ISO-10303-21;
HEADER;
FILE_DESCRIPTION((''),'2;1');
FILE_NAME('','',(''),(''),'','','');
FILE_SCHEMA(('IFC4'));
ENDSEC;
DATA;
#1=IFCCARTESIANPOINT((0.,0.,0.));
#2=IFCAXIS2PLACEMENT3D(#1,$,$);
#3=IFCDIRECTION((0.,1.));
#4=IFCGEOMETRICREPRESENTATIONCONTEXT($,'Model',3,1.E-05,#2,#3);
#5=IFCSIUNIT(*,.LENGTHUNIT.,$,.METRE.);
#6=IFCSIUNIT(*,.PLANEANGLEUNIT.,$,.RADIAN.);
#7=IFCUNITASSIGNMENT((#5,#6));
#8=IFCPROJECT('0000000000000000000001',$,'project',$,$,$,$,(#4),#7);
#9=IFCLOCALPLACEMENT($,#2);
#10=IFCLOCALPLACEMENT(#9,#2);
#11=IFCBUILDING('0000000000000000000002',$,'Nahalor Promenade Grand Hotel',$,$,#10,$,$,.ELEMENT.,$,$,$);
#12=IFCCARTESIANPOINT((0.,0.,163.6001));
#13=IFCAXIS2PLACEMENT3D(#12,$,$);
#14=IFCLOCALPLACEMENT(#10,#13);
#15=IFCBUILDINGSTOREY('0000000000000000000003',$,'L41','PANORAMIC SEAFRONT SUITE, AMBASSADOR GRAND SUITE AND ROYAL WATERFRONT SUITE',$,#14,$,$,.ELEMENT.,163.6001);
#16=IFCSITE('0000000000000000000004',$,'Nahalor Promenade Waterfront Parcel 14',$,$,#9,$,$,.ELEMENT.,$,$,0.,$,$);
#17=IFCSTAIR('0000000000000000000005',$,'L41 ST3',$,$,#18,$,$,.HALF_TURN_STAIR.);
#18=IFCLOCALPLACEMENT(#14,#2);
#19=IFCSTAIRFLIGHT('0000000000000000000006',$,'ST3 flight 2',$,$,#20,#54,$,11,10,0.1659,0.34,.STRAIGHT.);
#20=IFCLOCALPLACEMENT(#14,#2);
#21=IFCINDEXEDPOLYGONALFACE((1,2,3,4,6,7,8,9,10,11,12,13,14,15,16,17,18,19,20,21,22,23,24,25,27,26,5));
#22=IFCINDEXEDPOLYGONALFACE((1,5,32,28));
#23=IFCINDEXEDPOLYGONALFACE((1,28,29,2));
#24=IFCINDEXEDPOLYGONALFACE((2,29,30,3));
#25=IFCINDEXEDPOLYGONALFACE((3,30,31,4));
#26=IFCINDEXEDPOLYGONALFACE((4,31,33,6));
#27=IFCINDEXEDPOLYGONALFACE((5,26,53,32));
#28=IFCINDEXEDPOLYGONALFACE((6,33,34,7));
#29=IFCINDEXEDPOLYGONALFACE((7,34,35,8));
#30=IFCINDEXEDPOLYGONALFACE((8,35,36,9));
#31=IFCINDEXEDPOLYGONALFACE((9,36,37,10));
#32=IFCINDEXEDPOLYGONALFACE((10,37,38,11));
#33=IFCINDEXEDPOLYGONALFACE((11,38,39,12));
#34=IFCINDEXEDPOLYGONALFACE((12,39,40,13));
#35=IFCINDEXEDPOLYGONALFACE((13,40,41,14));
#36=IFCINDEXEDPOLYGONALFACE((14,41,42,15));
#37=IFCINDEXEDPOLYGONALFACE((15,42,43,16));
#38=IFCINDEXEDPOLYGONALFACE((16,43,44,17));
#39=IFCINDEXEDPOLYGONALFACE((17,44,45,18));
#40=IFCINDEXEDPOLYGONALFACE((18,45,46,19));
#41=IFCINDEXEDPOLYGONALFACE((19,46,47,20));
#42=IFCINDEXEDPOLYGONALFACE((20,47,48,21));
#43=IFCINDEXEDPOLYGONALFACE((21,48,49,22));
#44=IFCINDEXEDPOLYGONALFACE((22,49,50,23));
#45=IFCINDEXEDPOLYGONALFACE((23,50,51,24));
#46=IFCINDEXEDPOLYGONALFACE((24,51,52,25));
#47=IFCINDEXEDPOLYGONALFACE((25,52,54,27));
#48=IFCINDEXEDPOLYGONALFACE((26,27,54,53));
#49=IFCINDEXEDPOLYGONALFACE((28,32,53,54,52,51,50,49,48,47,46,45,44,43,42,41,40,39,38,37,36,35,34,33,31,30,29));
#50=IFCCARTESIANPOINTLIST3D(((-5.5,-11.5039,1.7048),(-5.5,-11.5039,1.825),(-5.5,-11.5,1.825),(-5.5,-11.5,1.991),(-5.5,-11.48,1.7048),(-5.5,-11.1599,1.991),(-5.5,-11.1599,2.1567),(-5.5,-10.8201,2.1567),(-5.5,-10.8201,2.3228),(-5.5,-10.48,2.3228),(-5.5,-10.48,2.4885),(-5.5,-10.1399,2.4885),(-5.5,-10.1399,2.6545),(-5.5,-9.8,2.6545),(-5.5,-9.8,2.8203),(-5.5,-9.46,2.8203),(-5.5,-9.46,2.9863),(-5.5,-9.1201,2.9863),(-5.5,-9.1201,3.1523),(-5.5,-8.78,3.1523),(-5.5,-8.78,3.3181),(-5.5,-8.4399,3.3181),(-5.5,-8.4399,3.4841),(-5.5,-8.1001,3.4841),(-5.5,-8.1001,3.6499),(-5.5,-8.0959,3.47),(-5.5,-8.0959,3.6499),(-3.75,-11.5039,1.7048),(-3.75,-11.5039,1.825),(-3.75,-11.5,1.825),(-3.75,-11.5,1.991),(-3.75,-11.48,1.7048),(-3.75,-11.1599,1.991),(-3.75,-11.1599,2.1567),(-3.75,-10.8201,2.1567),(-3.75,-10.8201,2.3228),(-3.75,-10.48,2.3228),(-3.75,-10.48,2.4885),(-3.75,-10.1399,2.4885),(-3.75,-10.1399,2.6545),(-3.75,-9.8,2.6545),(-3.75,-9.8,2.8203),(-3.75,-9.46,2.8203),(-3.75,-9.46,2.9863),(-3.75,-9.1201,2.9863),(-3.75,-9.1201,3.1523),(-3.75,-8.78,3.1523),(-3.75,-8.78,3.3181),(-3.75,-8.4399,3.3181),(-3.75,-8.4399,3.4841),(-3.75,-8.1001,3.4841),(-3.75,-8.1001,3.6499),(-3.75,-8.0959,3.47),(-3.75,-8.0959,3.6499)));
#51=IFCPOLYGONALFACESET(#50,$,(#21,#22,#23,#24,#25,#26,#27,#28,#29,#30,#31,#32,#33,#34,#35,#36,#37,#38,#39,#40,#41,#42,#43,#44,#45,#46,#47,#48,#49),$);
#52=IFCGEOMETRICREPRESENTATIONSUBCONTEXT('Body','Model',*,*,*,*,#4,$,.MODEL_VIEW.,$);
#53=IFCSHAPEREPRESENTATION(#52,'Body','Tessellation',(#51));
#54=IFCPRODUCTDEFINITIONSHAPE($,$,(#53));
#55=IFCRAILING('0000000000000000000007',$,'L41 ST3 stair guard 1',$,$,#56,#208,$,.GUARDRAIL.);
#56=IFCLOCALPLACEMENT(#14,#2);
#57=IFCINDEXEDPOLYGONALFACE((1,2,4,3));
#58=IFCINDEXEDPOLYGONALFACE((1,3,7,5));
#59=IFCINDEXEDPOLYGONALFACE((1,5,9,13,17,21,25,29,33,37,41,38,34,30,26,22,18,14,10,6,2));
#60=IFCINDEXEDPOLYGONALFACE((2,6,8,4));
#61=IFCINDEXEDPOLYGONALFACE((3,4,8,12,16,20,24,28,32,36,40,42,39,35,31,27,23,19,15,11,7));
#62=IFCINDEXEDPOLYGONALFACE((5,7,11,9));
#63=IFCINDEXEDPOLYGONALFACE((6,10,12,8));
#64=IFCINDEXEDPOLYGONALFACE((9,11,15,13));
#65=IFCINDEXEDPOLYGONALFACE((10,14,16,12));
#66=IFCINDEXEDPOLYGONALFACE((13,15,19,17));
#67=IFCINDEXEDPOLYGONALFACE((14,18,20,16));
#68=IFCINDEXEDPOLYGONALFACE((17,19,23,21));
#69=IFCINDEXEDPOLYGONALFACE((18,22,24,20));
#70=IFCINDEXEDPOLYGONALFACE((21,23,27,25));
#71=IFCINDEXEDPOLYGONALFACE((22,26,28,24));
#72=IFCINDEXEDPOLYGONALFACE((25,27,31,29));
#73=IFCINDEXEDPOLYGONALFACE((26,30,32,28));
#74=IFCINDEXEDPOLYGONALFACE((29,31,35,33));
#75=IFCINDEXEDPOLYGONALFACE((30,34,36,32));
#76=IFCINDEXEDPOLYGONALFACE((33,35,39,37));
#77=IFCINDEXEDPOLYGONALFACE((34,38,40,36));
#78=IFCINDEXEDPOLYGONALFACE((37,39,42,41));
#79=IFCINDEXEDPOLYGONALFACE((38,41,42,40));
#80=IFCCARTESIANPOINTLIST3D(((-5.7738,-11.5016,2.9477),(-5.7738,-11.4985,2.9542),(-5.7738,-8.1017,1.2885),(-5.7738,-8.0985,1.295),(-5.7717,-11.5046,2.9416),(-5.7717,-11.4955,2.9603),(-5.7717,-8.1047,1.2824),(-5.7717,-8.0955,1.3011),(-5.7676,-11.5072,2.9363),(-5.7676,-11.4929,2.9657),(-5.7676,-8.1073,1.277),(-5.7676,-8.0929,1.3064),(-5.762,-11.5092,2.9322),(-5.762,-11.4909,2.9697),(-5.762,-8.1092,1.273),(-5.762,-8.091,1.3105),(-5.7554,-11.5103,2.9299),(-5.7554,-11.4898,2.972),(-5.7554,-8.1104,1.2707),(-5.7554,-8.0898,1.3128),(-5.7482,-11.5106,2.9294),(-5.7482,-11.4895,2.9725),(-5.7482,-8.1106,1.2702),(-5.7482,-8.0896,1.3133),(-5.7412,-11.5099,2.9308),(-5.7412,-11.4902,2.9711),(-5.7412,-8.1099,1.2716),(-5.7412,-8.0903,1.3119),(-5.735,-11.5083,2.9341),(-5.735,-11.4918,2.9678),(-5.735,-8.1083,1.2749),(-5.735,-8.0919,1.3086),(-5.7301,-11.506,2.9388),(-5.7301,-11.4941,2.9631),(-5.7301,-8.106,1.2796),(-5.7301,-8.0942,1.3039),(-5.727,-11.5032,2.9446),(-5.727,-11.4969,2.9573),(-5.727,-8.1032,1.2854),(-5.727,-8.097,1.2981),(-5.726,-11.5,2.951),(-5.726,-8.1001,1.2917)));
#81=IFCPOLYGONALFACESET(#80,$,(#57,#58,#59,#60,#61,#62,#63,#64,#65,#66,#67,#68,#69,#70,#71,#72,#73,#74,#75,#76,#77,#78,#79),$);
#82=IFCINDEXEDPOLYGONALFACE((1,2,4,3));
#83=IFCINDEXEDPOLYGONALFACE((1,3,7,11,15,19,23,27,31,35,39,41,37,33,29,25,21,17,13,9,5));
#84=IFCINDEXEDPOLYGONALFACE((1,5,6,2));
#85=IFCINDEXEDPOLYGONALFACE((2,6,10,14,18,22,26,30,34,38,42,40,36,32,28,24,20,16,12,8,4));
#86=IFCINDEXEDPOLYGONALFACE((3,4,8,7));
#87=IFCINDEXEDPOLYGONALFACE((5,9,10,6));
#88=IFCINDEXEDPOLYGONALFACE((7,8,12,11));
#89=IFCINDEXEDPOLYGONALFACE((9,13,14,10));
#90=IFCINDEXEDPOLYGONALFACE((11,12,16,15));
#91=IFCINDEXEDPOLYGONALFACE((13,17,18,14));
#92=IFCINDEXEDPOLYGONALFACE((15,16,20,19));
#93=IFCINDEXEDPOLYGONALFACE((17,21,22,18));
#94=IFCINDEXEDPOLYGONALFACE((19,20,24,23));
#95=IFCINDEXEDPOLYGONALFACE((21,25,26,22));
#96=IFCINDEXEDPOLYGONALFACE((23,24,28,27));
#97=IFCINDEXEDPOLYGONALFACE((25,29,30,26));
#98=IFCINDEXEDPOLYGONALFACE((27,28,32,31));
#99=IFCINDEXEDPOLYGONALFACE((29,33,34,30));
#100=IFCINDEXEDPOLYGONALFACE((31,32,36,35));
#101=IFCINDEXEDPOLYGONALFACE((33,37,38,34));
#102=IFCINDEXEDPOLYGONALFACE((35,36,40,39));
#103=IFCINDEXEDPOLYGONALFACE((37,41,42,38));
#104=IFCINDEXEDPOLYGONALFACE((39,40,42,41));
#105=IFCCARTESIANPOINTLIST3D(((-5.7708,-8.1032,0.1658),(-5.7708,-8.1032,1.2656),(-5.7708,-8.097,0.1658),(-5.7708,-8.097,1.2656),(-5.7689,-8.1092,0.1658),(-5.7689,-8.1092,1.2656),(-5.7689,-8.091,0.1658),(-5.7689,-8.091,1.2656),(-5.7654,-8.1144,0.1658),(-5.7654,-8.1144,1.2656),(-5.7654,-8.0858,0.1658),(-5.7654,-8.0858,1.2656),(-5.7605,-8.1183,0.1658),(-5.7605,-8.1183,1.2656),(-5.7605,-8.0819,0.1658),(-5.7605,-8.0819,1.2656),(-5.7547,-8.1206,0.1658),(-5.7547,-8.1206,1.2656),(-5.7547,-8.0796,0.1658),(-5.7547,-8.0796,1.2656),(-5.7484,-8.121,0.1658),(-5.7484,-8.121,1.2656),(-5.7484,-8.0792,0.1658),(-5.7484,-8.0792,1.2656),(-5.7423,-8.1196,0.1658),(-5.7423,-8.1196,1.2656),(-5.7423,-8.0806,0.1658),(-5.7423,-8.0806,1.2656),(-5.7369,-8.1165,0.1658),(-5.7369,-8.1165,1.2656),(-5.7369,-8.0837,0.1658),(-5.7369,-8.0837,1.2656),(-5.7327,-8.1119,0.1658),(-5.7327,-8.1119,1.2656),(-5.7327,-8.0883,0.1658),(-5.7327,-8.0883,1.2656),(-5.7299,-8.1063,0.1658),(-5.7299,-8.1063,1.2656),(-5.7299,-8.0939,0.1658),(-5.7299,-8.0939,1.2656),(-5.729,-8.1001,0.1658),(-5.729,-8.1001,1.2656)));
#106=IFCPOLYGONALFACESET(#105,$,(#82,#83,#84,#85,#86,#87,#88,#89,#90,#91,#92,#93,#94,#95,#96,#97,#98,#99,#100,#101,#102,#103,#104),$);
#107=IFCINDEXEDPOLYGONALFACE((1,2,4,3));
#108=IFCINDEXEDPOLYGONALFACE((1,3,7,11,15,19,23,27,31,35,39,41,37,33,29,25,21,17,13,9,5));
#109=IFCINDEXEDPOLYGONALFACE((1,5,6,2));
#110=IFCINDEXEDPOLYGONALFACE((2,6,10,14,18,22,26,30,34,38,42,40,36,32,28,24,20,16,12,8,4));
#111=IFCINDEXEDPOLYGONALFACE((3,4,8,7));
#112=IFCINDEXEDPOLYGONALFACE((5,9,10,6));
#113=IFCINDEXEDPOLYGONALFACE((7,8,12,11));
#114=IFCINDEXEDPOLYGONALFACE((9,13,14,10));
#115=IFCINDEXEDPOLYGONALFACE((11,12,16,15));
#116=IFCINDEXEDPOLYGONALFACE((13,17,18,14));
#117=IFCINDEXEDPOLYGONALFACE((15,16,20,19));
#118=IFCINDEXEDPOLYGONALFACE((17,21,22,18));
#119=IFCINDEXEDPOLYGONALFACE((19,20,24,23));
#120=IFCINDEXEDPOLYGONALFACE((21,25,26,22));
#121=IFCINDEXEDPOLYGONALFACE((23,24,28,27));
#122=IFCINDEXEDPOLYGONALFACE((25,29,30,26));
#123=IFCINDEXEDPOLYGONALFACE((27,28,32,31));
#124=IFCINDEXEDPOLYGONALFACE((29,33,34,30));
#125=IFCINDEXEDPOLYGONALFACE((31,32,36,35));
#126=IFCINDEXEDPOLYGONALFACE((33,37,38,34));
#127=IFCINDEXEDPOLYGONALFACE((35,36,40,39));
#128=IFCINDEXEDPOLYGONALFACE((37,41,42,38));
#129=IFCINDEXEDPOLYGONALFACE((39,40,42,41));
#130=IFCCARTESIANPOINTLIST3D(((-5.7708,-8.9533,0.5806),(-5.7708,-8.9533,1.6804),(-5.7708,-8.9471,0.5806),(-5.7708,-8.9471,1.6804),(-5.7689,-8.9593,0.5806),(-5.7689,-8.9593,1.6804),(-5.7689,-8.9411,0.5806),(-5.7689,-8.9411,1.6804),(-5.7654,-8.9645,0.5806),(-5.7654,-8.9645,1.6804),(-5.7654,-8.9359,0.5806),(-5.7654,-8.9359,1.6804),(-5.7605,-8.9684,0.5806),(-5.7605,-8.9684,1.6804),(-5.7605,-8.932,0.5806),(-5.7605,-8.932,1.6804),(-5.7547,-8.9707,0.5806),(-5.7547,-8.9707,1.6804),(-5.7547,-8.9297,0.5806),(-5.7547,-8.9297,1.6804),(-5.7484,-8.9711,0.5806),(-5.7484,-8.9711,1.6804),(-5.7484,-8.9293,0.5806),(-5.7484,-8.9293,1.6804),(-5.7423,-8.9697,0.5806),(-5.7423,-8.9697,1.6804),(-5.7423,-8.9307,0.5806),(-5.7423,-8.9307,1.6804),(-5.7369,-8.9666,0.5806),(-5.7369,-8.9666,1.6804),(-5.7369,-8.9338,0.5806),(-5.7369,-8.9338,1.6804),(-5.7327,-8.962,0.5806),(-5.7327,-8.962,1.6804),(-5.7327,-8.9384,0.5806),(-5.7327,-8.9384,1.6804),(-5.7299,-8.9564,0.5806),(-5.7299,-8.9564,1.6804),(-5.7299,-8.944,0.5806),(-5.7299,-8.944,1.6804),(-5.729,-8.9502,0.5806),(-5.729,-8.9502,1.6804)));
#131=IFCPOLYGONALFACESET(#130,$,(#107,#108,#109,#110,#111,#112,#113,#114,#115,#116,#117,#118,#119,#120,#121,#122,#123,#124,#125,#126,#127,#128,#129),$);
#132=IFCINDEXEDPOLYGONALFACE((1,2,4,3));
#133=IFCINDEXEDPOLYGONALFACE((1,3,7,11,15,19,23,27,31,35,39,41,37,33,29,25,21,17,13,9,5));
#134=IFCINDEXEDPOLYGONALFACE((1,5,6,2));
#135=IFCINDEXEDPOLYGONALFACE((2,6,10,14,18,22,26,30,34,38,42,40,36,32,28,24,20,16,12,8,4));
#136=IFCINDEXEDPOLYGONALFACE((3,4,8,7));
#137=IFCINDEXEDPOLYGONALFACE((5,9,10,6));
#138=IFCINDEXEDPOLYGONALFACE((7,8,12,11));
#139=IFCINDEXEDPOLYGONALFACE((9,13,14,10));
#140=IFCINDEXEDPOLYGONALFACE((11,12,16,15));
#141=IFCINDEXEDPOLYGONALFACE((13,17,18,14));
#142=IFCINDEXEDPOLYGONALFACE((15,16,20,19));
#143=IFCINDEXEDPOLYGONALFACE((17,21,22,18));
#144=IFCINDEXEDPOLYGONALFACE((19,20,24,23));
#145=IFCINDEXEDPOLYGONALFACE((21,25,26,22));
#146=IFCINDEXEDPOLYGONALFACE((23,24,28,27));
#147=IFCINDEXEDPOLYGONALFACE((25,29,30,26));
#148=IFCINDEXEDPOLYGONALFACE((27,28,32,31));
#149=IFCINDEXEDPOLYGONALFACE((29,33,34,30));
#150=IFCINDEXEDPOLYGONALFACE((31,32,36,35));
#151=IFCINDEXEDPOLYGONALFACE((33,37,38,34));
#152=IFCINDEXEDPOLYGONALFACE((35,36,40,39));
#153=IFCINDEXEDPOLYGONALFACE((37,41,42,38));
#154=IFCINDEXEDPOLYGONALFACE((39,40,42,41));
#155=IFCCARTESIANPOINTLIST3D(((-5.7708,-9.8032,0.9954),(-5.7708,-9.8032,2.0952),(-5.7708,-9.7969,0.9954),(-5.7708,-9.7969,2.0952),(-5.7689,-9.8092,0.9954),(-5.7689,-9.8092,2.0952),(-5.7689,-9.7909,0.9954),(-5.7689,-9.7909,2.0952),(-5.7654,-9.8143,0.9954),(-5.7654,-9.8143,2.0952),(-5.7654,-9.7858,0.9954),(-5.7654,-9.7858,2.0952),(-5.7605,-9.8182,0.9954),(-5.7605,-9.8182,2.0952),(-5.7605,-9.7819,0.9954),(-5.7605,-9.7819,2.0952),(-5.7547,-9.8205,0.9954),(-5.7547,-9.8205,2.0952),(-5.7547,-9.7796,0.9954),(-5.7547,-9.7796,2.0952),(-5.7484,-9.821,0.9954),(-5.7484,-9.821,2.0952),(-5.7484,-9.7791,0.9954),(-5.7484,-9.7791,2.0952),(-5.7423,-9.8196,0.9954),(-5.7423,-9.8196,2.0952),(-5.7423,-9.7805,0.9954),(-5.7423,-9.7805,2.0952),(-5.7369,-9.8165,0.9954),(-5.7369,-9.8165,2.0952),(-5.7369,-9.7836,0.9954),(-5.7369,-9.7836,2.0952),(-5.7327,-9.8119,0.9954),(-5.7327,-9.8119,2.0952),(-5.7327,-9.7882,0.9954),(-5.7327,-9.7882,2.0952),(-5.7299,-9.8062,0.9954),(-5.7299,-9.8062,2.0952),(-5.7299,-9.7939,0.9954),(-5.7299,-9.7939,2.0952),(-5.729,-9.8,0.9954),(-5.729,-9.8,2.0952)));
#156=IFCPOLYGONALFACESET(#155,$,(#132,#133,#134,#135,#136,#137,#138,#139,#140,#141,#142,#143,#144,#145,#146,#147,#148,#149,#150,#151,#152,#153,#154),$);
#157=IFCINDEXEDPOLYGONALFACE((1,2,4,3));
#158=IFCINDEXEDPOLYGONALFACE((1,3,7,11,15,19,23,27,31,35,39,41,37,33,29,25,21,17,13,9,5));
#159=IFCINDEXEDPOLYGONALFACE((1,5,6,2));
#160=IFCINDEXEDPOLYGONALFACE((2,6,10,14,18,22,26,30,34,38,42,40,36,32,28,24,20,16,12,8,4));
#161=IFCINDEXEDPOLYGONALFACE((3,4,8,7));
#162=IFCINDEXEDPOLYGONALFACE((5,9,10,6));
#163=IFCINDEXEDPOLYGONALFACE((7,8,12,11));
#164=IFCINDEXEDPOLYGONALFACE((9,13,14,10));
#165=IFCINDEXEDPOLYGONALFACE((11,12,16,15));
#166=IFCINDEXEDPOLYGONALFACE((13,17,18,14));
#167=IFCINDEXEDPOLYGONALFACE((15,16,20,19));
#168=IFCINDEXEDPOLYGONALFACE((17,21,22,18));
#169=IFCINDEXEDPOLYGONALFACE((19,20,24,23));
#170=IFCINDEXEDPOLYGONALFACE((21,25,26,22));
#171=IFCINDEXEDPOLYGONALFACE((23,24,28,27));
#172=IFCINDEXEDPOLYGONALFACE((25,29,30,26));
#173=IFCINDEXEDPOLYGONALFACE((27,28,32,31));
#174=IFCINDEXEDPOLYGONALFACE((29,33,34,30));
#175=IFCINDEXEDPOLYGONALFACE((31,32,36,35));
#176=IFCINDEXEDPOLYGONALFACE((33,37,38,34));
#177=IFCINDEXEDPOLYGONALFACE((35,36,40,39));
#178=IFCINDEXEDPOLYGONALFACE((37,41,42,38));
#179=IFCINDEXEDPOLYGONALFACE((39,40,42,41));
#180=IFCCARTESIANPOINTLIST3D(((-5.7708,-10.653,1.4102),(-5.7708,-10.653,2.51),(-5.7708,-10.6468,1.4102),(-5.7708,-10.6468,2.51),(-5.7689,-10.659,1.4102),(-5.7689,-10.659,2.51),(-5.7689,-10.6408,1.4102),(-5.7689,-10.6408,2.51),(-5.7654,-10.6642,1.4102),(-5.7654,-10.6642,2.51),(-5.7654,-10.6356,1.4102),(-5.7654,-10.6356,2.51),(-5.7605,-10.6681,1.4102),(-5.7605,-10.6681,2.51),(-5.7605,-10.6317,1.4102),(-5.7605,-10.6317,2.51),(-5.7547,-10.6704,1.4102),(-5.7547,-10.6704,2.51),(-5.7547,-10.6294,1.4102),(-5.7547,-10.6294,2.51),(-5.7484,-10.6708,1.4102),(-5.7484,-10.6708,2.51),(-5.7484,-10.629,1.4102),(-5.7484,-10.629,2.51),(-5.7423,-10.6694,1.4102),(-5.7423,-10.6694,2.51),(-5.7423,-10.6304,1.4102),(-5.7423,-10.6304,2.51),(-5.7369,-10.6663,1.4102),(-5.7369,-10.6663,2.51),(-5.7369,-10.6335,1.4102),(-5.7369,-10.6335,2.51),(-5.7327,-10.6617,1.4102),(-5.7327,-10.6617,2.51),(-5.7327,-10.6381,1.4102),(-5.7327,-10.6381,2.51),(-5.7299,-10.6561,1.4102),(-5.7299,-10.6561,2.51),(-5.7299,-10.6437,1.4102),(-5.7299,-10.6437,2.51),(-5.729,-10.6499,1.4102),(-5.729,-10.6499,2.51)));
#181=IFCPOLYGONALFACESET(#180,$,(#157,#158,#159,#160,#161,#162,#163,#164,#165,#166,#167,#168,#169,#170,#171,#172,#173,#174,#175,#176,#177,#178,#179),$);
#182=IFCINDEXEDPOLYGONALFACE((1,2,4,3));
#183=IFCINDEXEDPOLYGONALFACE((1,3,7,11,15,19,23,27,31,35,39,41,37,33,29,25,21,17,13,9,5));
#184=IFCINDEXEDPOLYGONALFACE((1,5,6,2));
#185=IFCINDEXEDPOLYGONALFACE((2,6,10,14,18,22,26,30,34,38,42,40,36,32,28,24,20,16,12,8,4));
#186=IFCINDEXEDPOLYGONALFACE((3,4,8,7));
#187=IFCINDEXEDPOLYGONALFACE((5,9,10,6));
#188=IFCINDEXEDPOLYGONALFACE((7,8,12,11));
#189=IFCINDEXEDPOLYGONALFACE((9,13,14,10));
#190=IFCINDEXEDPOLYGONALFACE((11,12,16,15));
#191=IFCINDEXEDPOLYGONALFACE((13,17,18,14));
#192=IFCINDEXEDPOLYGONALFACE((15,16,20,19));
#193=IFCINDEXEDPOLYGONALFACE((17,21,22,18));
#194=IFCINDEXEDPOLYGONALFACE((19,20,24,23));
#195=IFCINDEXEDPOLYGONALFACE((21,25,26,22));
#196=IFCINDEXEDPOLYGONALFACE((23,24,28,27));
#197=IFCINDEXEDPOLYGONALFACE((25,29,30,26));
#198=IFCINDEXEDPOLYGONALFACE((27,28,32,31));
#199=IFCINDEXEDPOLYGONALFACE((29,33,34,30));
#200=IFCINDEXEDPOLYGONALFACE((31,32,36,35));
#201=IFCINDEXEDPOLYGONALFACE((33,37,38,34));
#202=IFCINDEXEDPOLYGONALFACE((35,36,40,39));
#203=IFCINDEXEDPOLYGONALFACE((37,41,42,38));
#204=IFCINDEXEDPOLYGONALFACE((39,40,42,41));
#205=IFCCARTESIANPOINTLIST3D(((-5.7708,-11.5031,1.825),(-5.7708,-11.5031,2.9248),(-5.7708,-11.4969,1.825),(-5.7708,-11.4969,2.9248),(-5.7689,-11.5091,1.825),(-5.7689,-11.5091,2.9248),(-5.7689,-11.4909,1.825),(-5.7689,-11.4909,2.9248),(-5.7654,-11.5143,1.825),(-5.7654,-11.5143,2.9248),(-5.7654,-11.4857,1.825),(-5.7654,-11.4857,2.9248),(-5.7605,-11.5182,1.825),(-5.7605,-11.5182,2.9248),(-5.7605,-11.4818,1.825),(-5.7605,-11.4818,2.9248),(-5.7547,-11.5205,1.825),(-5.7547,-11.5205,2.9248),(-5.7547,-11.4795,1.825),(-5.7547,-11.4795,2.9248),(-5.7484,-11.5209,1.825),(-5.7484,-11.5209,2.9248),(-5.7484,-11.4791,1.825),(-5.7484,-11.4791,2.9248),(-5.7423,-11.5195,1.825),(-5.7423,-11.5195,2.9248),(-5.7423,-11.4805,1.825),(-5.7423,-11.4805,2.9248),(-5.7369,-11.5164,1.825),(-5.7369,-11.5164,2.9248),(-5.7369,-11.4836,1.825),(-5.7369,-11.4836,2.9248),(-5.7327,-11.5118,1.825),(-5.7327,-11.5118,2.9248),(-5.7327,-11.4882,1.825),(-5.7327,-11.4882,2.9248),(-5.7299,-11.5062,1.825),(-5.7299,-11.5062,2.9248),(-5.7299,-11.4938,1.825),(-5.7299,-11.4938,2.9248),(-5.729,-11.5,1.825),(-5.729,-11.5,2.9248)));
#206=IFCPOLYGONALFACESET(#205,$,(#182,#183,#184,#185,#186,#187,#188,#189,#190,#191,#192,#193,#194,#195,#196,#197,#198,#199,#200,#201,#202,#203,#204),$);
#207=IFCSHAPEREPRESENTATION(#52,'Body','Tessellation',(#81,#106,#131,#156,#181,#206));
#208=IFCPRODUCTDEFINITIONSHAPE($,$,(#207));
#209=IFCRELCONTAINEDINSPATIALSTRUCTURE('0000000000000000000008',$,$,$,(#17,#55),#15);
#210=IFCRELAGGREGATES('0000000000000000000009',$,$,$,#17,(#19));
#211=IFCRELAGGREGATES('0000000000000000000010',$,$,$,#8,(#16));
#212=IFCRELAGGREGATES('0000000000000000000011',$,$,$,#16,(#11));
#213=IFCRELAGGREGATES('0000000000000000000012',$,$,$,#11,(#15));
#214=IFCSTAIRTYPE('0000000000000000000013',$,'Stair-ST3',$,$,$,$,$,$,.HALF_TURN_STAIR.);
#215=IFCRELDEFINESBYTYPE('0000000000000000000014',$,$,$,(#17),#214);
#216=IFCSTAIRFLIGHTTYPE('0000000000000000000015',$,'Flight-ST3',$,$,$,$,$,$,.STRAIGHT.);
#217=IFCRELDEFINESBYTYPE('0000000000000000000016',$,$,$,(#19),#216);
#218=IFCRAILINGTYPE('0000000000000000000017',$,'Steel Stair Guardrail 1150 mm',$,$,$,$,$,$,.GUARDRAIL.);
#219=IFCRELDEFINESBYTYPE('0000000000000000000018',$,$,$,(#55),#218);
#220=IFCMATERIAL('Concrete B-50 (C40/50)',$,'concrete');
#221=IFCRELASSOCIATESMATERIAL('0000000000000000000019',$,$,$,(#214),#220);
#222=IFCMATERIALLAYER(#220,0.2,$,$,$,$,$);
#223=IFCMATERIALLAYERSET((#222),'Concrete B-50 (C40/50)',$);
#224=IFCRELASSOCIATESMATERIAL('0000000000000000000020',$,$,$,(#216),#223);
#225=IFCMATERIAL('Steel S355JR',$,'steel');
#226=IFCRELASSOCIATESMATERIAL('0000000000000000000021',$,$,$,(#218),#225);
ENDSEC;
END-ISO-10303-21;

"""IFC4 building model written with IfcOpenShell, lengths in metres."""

from ifc_helpers import new_model, si_unit, direction, frame, origin, origin_2d, place, context, subcontext, project, spatial, polyline, circle, outline, extrude, source, transform, mapped, material, layer, layer_set, type_object, element, aggregate, save


model = new_model("IFC4")

# Units and contexts
model_context = context("Model", 3, precision=1e-05, world=origin(), true_north=direction((0.0, 1.0)))
body_context = subcontext(model_context, "Body", "Model", "MODEL_VIEW")
ifc_project = project(units=[si_unit("LENGTHUNIT", "METRE"), si_unit("PLANEANGLEUNIT", "RADIAN")], contexts=[model_context])

# Site, building, storey
site_placement = place(None, origin())
site = spatial("IfcSite", under=ifc_project, at=site_placement, Name="Nahalor Promenade Waterfront Parcel 14", CompositionType="ELEMENT", RefElevation=0.0)
building_placement = place(site_placement, origin())
building = spatial("IfcBuilding", under=site, at=building_placement, Name="Nahalor Promenade Grand Hotel", CompositionType="ELEMENT")
storey_placement = place(building_placement, frame((0.0, 0.0, 163.6001)))
storey = spatial("IfcBuildingStorey", under=building, at=storey_placement, Name="L41", Description="PANORAMIC SEAFRONT SUITE, AMBASSADOR GRAND SUITE AND ROYAL WATERFRONT SUITE", CompositionType="ELEMENT", Elevation=163.6001)

# Shared definitions
ifc_material_1 = material(Name="Steel S355JR", Category="steel")

# Shared definitions
ifc_material_2 = material(Name="Concrete B-50 (C40/50)", Category="concrete")

# Stair, stair flight
stair_type = type_object("IfcStairType", Name="Stair-ST3", PredefinedType="HALF_TURN_STAIR", material=ifc_material_2)
stair_placement = place(storey_placement, origin())
stair = element("IfcStair", 1, at=stair_placement, inside=storey, type_object=stair_type, Name="L41 ST3", PredefinedType="HALF_TURN_STAIR")
ifc_layer_1 = layer(ifc_material_2, 0.2)
ifc_layer_set_1 = layer_set([ifc_layer_1], Name="Concrete B-50 (C40/50)")
stair_flight_type = type_object("IfcStairFlightType", Name="Flight-ST3", PredefinedType="STRAIGHT", material=ifc_layer_set_1)
shared_shape_1 = source(origin(), body_context, "Body", "SweptSolid", [
    extrude(outline(polyline([(-0.0039, -0.1201), (-0.0039, 0.0), (0.0, 0.0), (0.0, 0.166), (0.3401, 0.166), (0.3401, 0.3318), (0.6799, 0.3318), (0.6799, 0.4978), (1.02, 0.4978), (1.02, 0.6636), (1.3601, 0.6636), (1.3601, 0.8296), (1.7, 0.8296), (1.7, 0.9954), (2.04, 0.9954), (2.04, 1.1614), (2.3799, 1.1614), (2.3799, 1.3274), (2.72, 1.3274), (2.72, 1.4932), (3.0601, 1.4932), (3.0601, 1.6592), (3.3999, 1.6592), (3.3999, 1.825), (3.4041, 1.825), (3.4041, 1.645), (0.02, -0.1201), (-0.0039, -0.1201)])), frame((0.0, 0.875, 0.0), z_axis=(0.0, -1.0, 0.0), x_axis=(1.0, 0.0, 0.0)), (0.0, 0.0, 1.0), 1.75),
])
stair_flight_1_placement = place(storey_placement, frame((-4.625, -11.5, 1.825), z_axis=(0.0, 0.0, 1.0), x_axis=(0.0, 1.0, 0.0)))
stair_flight_1 = element("IfcStairFlight", 2, at=stair_flight_1_placement, type_object=stair_flight_type, Name="ST3 flight 2", NumberOfRisers=11, NumberOfTreads=10, PredefinedType="STRAIGHT", RiserHeight=0.1659, TreadLength=0.34, context=body_context, shape_type="MappedRepresentation", body=[
    mapped(shared_shape_1, transform((0.0, 0.0, 0.0), scale=1.0)),
])
aggregate(stair, [stair_flight_1])

# Railing
railing_type_1 = type_object("IfcRailingType", Name="Steel Stair Guardrail 1150 mm", PredefinedType="GUARDRAIL", material=ifc_material_1)
railing_1_placement = place(storey_placement, frame((-5.75, -8.1001, 0.1658)))
element("IfcRailing", 3, at=railing_1_placement, inside=storey, type_object=railing_type_1, Name="L41 ST3 stair guard 1", PredefinedType="GUARDRAIL", context=body_context, shape_type="SweptSolid", body=[
    extrude(circle(Radius=0.024, at=origin_2d()), frame((0.0, 0.0, 1.126), z_axis=(0.0, -0.898696, 0.438571), x_axis=(1.0, 0.0, 0.0)), (0.0, 0.0, 1.0), 3.7832),
    extrude(circle(Radius=0.021, at=origin_2d()), origin(), (0.0, 0.0, 1.0), 1.0999),
    extrude(circle(Radius=0.021, at=origin_2d()), frame((0.0, -0.8501, 0.4148)), (0.0, 0.0, 1.0), 1.0999),
    extrude(circle(Radius=0.021, at=origin_2d()), frame((0.0, -1.7, 0.8296)), (0.0, 0.0, 1.0), 1.0999),
    extrude(circle(Radius=0.021, at=origin_2d()), frame((0.0, -2.5498, 1.2444)), (0.0, 0.0, 1.0), 1.0999),
    extrude(circle(Radius=0.021, at=origin_2d()), frame((0.0, -3.3999, 1.6592)), (0.0, 0.0, 1.0), 1.0999),
])

save(model, "model.ifc")
